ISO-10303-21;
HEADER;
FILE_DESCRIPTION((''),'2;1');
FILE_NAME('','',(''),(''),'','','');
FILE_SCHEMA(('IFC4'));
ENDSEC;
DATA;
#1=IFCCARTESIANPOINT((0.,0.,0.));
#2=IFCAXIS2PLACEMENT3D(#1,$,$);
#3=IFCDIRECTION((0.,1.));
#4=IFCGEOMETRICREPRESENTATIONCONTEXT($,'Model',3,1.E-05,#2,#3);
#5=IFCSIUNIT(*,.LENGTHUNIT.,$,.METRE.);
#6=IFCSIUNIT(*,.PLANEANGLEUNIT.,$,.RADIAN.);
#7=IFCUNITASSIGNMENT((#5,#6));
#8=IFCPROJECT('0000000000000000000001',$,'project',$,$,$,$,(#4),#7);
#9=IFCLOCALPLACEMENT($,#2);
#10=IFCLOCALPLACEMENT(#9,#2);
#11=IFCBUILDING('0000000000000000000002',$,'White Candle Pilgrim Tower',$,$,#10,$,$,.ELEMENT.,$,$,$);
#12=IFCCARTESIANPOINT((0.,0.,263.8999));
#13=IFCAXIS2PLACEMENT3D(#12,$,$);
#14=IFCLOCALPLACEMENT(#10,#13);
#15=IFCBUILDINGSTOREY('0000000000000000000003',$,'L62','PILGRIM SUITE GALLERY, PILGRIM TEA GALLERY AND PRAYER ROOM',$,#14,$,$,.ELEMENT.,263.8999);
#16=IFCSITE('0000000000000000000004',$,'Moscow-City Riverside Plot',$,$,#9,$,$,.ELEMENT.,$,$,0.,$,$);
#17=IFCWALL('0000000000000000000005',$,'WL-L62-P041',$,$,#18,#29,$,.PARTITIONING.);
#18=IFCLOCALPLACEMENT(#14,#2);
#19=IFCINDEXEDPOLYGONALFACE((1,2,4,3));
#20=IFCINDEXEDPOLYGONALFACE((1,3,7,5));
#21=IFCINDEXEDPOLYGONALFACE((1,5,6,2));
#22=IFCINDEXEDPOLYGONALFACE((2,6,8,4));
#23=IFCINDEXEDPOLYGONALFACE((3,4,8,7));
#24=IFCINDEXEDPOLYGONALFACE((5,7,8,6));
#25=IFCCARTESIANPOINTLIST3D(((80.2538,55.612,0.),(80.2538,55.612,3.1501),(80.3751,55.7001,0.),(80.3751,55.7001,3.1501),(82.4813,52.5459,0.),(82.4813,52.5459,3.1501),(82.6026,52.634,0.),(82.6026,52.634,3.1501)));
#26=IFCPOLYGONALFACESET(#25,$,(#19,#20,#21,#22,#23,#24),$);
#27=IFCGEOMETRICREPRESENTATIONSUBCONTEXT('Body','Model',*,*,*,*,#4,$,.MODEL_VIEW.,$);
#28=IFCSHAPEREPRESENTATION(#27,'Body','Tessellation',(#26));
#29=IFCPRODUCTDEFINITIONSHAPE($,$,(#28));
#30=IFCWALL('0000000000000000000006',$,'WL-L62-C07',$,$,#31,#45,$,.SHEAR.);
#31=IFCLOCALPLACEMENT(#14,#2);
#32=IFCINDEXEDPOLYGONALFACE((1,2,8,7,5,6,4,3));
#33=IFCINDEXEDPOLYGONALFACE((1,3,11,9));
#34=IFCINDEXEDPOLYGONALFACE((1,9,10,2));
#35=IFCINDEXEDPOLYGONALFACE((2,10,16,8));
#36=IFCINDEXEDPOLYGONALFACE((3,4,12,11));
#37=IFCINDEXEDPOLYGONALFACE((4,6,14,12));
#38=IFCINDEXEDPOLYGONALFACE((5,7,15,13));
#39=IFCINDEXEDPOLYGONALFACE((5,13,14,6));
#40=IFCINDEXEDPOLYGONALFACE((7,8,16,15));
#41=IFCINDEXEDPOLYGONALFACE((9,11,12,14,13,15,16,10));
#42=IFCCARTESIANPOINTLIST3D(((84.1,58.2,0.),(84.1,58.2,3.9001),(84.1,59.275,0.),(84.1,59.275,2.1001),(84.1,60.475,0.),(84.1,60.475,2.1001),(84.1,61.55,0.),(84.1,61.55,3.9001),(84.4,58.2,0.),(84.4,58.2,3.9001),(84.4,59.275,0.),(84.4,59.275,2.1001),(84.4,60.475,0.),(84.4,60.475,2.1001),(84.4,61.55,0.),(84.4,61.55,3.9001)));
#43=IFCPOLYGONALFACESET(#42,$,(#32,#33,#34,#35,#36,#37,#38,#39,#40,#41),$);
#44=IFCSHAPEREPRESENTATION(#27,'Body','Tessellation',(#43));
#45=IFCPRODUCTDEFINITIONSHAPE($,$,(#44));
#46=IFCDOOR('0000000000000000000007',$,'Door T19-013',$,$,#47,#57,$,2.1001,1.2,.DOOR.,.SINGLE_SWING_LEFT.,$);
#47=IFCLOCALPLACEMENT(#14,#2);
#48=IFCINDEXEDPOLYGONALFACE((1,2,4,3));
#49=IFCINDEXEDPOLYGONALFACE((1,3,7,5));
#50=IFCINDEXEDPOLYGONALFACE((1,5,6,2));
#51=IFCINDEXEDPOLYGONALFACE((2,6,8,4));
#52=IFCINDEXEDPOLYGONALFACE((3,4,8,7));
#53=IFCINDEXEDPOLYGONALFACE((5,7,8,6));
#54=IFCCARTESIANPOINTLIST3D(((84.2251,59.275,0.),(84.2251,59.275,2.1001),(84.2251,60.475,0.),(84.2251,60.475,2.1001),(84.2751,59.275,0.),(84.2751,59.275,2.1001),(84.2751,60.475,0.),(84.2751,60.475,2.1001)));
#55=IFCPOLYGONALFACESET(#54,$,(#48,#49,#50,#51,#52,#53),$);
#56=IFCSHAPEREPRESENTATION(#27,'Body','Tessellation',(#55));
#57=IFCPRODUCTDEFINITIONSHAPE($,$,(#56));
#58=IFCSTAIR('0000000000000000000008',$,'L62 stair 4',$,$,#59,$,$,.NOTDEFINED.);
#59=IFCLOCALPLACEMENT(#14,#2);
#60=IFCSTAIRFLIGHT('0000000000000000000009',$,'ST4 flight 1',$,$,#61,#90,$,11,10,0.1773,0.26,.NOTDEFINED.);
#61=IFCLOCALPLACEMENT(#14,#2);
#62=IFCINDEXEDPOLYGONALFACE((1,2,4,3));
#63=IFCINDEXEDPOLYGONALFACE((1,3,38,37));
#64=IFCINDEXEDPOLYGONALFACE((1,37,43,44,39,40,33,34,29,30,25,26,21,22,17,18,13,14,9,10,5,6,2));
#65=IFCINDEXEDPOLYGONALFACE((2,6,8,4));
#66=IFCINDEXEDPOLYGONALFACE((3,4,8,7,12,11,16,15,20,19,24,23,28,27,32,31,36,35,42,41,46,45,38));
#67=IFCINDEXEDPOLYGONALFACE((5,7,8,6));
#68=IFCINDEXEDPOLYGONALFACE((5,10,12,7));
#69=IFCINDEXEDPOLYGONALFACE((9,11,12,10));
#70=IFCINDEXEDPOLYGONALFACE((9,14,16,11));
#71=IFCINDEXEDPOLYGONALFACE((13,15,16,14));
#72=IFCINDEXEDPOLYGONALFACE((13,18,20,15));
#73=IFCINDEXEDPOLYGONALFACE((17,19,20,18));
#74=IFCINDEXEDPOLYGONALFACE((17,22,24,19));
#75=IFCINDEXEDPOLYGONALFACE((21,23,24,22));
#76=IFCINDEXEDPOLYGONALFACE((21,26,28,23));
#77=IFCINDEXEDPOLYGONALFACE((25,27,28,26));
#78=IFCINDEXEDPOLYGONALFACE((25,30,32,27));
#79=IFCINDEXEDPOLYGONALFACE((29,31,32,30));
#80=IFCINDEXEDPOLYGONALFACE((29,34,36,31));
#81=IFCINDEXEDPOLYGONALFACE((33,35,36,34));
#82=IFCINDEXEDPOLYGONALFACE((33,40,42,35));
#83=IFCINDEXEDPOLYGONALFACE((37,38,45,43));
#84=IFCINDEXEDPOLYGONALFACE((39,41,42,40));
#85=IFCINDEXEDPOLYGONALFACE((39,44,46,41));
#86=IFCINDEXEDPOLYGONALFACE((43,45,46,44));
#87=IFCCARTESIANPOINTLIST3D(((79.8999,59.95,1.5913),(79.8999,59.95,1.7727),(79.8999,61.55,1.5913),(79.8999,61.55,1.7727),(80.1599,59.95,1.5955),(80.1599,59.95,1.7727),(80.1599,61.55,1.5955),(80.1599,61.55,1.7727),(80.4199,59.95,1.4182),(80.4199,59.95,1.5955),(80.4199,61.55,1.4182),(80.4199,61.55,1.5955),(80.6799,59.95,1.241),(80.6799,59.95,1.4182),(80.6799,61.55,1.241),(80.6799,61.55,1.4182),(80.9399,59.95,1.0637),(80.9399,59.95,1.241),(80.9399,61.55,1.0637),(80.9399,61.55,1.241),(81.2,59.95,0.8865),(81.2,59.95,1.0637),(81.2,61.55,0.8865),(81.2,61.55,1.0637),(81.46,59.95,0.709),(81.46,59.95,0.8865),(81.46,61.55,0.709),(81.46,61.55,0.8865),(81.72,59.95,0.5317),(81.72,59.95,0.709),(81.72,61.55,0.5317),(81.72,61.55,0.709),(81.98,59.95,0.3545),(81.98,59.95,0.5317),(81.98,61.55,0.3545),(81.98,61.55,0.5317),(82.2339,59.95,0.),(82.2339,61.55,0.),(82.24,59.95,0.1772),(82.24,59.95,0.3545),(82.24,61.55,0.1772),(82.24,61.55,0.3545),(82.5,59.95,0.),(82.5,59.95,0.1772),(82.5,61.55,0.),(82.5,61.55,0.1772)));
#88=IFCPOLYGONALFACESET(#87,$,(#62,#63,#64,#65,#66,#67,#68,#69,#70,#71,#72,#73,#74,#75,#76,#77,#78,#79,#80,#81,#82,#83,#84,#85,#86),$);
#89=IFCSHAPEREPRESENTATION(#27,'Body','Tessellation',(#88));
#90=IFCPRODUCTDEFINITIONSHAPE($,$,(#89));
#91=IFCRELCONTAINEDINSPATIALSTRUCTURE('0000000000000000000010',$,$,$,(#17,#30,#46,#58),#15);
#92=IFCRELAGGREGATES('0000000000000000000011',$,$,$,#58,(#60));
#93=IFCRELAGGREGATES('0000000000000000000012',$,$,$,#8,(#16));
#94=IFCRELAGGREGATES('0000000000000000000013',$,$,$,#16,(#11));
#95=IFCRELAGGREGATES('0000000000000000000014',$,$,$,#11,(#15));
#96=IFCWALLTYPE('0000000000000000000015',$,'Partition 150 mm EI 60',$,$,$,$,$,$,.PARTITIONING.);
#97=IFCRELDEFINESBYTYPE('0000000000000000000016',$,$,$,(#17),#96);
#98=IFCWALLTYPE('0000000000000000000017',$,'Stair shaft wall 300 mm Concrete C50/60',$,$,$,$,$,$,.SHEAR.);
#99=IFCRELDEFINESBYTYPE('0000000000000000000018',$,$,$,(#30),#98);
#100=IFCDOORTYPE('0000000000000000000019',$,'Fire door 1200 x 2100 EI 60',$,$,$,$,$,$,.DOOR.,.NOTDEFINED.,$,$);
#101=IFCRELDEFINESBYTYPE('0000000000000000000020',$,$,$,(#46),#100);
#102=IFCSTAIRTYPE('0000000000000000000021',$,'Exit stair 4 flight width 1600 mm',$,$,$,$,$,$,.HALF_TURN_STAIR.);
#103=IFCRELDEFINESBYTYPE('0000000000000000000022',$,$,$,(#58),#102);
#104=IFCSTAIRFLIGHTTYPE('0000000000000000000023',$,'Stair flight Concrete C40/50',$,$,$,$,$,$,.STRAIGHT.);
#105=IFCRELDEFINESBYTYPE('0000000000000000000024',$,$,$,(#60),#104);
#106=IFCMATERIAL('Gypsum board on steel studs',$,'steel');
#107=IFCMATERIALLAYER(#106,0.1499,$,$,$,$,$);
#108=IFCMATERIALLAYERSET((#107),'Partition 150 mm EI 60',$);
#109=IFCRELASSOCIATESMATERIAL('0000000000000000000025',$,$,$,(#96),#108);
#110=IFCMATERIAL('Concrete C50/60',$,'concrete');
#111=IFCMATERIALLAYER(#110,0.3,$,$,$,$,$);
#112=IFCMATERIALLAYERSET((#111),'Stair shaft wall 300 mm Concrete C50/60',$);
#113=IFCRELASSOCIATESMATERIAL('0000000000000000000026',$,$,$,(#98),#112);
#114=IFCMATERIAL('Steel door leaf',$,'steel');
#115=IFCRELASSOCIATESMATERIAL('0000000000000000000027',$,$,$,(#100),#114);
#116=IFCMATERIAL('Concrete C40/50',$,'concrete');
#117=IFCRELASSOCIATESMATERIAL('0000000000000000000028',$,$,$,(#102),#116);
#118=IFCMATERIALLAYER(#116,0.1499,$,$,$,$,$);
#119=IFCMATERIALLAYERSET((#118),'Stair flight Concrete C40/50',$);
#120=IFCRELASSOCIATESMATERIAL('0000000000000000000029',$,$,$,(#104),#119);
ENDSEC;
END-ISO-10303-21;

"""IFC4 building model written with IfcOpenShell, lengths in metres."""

from ifc_helpers import new_model, si_unit, direction, frame, frame_2d, origin, place, context, subcontext, project, spatial, polyline, rectangle, outline, extrude, material, layer, layer_set, type_object, element, fill, aggregate, save


model = new_model("IFC4")

# Units and contexts
model_context = context("Model", 3, precision=1e-05, world=origin(), true_north=direction((0.0, 1.0)))
body_context = subcontext(model_context, "Body", "Model", "MODEL_VIEW")
ifc_project = project(units=[si_unit("LENGTHUNIT", "METRE"), si_unit("PLANEANGLEUNIT", "RADIAN")], contexts=[model_context])

# Site, building, storey
site_placement = place(None, origin())
site = spatial("IfcSite", under=ifc_project, at=site_placement, Name="Moscow-City Riverside Plot", CompositionType="ELEMENT", RefElevation=0.0)
building_placement = place(site_placement, origin())
building = spatial("IfcBuilding", under=site, at=building_placement, Name="White Candle Pilgrim Tower", CompositionType="ELEMENT")
storey_placement = place(building_placement, frame((0.0, 0.0, 263.8999)))
storey = spatial("IfcBuildingStorey", under=building, at=storey_placement, Name="L62", Description="PILGRIM SUITE GALLERY, PILGRIM TEA GALLERY AND PRAYER ROOM", CompositionType="ELEMENT", Elevation=263.8999)

# Shared definitions
ifc_material_1 = material(Name="Concrete C50/60", Category="concrete")

# Shared definitions
ifc_material_2 = material(Name="Gypsum board on steel studs", Category="steel")
ifc_material_3 = material(Name="Steel door leaf", Category="steel")

# Wall
ifc_layer_1 = layer(ifc_material_2, 0.1499)
ifc_layer_set_1 = layer_set([ifc_layer_1], Name="Partition 150 mm EI 60")
wall_type_1 = type_object("IfcWallType", Name="Partition 150 mm EI 60", PredefinedType="PARTITIONING", material=ifc_layer_set_1)
wall_1_placement = place(storey_placement, frame((82.542, 52.5898, 0.0), z_axis=(0.0, 0.0, 1.0), x_axis=(-0.587758, 0.809037, 0.0)))
element("IfcWall", 1, at=wall_1_placement, inside=storey, type_object=wall_type_1, Name="WL-L62-P041", PredefinedType="PARTITIONING", context=body_context, shape_type="SweptSolid", body=[
    extrude(rectangle(XDim=3.7898, YDim=0.1499, at=frame_2d((1.895, 0.0))), origin(), (0.0, 0.0, 1.0), 3.1501),
])

# Wall, opening, door
ifc_layer_2 = layer(ifc_material_1, 0.3)
ifc_layer_set_2 = layer_set([ifc_layer_2], Name="Stair shaft wall 300 mm Concrete C50/60")
wall_type_2 = type_object("IfcWallType", Name="Stair shaft wall 300 mm Concrete C50/60", PredefinedType="SHEAR", material=ifc_layer_set_2)
wall_2_placement = place(storey_placement, frame((84.25, 58.2, 0.0), z_axis=(0.0, 0.0, 1.0), x_axis=(0.0, 1.0, 0.0)))
wall_2 = element("IfcWall", 2, at=wall_2_placement, inside=storey, type_object=wall_type_2, Name="WL-L62-C07", PredefinedType="SHEAR", context=body_context, shape_type="SweptSolid", body=[
    extrude(rectangle(XDim=3.3501, YDim=0.3, at=frame_2d((1.675, 0.0))), origin(), (0.0, 0.0, 1.0), 3.9001),
])
opening_1_placement = place(wall_2_placement, frame((1.075, 0.0, 0.0)))
opening_1 = element("IfcOpeningElement", 3, at=opening_1_placement, cuts=wall_2, PredefinedType="OPENING", context=body_context, shape_type="SweptSolid", body=[
    extrude(rectangle(XDim=1.2, YDim=2.1001, at=frame_2d((0.6001, 1.05))), frame((0.0, 0.1599, 0.0), z_axis=(0.0, -1.0, 0.0), x_axis=(1.0, 0.0, 0.0)), (0.0, 0.0, 1.0), 0.3201),
])
door_type_1 = type_object("IfcDoorType", Name="Fire door 1200 x 2100 EI 60", OperationType="NOTDEFINED", PredefinedType="DOOR", material=ifc_material_3)
door_1_placement = place(opening_1_placement, origin())
door_1 = element("IfcDoor", 4, at=door_1_placement, inside=storey, type_object=door_type_1, Name="Door T19-013", OperationType="SINGLE_SWING_LEFT", OverallHeight=2.1001, OverallWidth=1.2, PredefinedType="DOOR", context=body_context, shape_type="SweptSolid", body=[
    extrude(rectangle(XDim=1.2, YDim=2.1001, at=frame_2d((0.6001, 1.05))), frame((0.0, 0.0249, 0.0), z_axis=(0.0, -1.0, 0.0), x_axis=(1.0, 0.0, 0.0)), (0.0, 0.0, 1.0), 0.05),
])
fill(opening_1, door_1)

# Stair, stair flight
ifc_material_4 = material(Name="Concrete C40/50", Category="concrete")
stair_type = type_object("IfcStairType", Name="Exit stair 4 flight width 1600 mm", PredefinedType="HALF_TURN_STAIR", material=ifc_material_4)
stair_placement = place(storey_placement, origin())
stair = element("IfcStair", 5, at=stair_placement, inside=storey, type_object=stair_type, Name="L62 stair 4", PredefinedType="NOTDEFINED")
ifc_layer_3 = layer(ifc_material_4, 0.1499)
ifc_layer_set_3 = layer_set([ifc_layer_3], Name="Stair flight Concrete C40/50")
stair_flight_type = type_object("IfcStairFlightType", Name="Stair flight Concrete C40/50", PredefinedType="STRAIGHT", material=ifc_layer_set_3)
stair_flight_placement = place(storey_placement, frame((82.5, 60.75, 0.0), z_axis=(0.0, 0.0, 1.0), x_axis=(-1.0, 0.0, 0.0)))
stair_flight = element("IfcStairFlight", 6, at=stair_flight_placement, type_object=stair_flight_type, Name="ST4 flight 1", NumberOfRisers=11, NumberOfTreads=10, PredefinedType="NOTDEFINED", RiserHeight=0.1773, TreadLength=0.26, context=body_context, shape_type="SweptSolid", body=[
    extrude(outline(polyline([(0.0, 0.0), (0.0, 0.1772), (0.26, 0.1772), (0.26, 0.3545), (0.52, 0.3545), (0.52, 0.5317), (0.78, 0.5317), (0.78, 0.709), (1.04, 0.709), (1.04, 0.8865), (1.3, 0.8865), (1.3, 1.0637), (1.5601, 1.0637), (1.5601, 1.241), (1.8201, 1.241), (1.8201, 1.4182), (2.0801, 1.4182), (2.0801, 1.5955), (2.3401, 1.5955), (2.3401, 1.7727), (2.6001, 1.7727), (2.6001, 1.95), (2.6001, 1.5913), (0.2661, 0.0), (0.0, 0.0)])), frame((0.0, 0.8, 0.0), z_axis=(0.0, -1.0, 0.0), x_axis=(1.0, 0.0, 0.0)), (0.0, 0.0, 1.0), 1.6001),
])
aggregate(stair, [stair_flight])

save(model, "model.ifc")
